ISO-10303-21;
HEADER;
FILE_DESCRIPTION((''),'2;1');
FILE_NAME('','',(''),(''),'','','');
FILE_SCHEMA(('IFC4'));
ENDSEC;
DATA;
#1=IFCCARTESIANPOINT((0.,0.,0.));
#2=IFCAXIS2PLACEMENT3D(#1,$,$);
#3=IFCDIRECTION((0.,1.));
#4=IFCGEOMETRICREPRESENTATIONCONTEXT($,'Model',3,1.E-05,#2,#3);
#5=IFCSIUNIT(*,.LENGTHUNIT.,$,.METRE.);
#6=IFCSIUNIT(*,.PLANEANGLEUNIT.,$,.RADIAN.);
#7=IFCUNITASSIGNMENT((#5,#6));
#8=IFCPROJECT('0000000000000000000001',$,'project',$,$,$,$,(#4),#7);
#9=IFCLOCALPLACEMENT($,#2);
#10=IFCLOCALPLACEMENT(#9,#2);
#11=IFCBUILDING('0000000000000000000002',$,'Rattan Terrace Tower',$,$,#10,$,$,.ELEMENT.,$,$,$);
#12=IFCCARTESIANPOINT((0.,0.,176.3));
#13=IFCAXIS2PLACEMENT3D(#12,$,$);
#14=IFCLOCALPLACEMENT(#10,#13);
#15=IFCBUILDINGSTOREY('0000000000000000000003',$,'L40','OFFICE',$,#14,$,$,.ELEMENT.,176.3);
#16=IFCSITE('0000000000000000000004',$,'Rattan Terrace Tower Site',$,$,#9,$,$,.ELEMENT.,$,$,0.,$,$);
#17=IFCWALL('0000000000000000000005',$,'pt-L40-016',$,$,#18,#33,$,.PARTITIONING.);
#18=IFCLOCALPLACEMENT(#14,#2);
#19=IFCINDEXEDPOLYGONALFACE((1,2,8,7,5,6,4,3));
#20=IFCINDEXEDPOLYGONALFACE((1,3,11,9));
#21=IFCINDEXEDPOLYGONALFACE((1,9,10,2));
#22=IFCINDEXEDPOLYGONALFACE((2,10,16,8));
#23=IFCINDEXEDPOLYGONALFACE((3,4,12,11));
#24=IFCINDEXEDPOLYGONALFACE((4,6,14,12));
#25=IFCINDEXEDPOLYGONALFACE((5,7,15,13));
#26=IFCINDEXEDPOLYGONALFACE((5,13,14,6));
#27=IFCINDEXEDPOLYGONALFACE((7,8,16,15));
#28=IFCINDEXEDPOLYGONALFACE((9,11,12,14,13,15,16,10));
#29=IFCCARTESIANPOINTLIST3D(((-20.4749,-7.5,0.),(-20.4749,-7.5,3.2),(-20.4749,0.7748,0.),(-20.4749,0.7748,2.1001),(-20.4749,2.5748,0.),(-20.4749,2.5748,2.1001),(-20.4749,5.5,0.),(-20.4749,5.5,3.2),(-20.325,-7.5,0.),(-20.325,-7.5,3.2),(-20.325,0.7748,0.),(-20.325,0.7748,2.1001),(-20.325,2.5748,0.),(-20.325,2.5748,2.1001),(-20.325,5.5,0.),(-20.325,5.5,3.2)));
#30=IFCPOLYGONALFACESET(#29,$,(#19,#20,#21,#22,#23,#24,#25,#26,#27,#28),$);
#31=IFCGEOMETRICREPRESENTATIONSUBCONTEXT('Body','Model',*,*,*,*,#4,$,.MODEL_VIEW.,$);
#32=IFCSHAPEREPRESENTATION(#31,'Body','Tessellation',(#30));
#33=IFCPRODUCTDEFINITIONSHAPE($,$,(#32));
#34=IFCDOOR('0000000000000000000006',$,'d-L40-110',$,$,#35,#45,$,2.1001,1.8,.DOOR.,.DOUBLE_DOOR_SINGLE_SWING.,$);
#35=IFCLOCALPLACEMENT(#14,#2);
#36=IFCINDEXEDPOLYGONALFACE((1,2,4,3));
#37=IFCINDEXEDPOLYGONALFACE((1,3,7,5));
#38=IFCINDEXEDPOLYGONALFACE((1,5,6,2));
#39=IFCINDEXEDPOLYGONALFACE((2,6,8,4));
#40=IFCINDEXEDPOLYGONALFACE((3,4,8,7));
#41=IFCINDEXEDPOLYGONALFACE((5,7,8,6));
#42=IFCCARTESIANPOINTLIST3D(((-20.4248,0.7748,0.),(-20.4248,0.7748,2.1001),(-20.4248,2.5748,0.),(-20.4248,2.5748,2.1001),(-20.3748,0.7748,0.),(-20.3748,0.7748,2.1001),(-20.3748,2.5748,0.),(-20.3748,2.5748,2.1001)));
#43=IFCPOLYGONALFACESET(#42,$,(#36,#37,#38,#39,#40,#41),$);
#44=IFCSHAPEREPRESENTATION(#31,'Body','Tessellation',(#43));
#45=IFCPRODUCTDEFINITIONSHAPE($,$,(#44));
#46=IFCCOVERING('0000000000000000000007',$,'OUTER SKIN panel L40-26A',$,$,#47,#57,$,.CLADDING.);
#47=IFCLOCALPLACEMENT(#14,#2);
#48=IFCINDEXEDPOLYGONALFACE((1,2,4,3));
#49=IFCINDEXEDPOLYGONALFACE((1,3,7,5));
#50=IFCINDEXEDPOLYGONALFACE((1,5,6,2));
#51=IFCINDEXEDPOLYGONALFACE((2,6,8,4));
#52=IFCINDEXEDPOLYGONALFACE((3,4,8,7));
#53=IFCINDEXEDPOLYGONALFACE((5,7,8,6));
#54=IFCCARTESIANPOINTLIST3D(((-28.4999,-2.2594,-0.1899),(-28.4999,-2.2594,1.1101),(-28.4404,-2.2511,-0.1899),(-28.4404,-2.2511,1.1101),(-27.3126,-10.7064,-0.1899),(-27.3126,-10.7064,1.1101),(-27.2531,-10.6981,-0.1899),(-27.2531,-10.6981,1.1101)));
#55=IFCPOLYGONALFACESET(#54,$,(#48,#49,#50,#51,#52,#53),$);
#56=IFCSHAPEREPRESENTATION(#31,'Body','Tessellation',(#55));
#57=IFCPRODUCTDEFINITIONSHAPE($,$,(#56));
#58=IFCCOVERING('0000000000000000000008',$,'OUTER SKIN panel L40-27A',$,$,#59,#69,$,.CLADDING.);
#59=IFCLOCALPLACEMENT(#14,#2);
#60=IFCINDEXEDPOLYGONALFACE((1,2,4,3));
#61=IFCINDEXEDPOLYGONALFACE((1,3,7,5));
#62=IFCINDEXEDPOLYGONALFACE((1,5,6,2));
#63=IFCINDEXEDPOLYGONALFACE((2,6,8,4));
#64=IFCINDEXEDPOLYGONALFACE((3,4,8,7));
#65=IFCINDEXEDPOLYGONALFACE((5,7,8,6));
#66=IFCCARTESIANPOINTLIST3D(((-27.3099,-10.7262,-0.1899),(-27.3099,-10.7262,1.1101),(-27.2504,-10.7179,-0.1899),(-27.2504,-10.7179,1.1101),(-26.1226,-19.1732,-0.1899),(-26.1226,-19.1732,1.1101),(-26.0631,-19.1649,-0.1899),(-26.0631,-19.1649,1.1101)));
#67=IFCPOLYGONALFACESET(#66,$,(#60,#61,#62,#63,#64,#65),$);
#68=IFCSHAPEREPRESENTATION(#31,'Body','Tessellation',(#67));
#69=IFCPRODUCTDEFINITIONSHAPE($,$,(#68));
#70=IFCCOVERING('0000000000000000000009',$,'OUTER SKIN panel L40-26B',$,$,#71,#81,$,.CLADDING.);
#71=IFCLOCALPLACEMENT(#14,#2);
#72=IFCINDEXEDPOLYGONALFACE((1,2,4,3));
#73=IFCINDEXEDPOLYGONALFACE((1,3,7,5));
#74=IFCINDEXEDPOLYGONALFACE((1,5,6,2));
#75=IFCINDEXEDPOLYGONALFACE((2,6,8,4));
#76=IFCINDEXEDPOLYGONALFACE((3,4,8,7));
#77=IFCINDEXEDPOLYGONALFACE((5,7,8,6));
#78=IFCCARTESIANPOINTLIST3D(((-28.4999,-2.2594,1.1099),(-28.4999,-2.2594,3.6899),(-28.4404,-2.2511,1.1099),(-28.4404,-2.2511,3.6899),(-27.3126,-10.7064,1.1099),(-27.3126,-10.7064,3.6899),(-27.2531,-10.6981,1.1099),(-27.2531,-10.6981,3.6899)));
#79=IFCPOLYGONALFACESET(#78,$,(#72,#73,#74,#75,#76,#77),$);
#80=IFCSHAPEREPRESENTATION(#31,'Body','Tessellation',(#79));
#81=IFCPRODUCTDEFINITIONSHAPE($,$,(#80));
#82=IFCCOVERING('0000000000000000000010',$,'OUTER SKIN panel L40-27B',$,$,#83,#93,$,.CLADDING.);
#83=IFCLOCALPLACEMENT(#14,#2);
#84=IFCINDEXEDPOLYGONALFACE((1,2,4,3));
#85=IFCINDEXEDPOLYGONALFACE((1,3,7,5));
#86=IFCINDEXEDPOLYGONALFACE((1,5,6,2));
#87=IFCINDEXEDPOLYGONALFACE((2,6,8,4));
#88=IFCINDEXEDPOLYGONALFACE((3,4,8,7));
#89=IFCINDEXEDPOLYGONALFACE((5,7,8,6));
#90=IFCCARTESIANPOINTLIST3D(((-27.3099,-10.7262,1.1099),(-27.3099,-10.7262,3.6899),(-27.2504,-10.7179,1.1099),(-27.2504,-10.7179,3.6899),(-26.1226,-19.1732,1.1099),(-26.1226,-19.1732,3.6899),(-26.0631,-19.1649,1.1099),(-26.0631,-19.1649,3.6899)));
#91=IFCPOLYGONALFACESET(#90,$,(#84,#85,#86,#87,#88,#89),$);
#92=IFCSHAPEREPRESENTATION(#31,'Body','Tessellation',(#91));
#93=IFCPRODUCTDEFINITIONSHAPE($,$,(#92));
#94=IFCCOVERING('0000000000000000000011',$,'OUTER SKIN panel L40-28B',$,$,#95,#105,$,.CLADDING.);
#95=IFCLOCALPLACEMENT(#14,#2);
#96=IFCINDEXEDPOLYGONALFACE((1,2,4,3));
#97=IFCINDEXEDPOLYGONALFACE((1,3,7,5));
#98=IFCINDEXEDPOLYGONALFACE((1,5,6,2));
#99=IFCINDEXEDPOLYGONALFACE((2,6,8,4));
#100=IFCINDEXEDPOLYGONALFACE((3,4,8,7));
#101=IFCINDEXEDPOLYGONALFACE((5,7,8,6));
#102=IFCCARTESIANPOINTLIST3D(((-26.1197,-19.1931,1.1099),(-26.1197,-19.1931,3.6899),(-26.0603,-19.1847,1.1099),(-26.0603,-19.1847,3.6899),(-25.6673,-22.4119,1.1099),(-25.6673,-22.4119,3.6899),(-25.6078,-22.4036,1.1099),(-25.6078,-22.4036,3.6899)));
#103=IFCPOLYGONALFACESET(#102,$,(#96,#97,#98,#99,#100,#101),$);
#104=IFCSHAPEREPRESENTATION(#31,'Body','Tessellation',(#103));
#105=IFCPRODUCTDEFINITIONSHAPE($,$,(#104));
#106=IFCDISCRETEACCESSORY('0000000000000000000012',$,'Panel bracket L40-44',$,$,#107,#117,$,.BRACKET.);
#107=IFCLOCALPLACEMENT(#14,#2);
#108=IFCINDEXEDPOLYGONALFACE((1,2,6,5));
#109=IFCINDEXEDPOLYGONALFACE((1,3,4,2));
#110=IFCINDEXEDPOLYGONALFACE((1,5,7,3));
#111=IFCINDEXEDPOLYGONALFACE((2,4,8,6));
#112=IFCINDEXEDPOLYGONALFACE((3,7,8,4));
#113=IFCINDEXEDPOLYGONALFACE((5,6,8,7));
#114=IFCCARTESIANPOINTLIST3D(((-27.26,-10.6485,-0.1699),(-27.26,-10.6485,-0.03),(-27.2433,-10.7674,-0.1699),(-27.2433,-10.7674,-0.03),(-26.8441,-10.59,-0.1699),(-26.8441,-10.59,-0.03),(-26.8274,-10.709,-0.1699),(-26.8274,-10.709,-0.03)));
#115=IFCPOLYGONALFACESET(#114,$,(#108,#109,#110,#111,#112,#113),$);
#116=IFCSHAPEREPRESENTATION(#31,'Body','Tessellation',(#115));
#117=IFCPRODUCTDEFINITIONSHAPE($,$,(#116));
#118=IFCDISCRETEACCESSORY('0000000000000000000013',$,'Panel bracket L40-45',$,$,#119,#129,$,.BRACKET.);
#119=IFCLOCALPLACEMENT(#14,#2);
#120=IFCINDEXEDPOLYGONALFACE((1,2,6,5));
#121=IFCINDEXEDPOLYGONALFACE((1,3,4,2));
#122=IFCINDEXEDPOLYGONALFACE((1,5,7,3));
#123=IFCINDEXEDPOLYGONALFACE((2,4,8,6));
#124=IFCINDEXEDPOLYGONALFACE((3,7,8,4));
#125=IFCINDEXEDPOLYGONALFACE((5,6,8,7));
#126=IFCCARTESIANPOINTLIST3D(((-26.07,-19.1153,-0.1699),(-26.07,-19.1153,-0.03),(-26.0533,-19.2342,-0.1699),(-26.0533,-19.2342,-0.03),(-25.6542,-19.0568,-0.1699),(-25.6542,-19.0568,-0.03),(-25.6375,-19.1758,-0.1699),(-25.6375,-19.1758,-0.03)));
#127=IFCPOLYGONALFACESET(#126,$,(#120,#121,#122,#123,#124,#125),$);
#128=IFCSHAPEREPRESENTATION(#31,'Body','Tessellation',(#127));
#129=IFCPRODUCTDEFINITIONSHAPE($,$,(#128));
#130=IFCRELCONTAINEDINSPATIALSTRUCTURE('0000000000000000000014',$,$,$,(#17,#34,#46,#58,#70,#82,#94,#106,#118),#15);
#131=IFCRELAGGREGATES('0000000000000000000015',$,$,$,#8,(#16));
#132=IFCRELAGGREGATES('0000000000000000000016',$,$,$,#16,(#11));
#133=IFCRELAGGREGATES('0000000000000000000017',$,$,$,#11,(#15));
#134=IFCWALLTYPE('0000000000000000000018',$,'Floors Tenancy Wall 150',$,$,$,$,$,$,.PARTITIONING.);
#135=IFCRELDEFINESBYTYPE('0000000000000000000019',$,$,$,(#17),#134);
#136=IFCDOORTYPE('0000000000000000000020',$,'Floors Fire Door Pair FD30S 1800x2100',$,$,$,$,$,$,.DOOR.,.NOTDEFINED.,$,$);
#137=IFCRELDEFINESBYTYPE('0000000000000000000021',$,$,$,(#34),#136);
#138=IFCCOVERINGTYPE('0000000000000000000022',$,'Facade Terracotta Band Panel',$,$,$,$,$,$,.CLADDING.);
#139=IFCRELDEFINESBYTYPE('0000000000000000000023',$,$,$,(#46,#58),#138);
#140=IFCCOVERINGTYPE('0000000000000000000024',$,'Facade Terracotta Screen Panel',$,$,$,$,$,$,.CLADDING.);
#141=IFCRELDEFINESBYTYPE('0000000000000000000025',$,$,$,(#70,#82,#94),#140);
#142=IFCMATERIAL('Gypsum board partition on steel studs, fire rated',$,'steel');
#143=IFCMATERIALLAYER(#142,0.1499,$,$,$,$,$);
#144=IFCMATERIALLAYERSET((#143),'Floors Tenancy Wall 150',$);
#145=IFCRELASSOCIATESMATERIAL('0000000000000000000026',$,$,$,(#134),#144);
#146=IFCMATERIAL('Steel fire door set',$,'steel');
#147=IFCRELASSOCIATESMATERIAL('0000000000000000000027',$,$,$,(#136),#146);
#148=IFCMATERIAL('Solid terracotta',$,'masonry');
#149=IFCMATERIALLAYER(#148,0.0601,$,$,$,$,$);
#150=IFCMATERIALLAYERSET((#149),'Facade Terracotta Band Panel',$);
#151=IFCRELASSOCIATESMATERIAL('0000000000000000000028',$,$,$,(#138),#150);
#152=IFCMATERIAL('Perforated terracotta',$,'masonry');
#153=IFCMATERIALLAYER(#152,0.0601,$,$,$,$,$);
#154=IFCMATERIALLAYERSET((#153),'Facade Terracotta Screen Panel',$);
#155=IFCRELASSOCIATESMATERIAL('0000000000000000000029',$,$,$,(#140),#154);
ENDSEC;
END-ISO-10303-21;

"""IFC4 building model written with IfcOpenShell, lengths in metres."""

from ifc_helpers import new_model, si_unit, direction, frame, frame_2d, origin, origin_2d, place, context, subcontext, project, spatial, rectangle, extrude, material, layer, layer_set, type_object, element, fill, save


model = new_model("IFC4")

# Units and contexts
model_context = context("Model", 3, precision=1e-05, world=origin(), true_north=direction((0.0, 1.0)))
body_context = subcontext(model_context, "Body", "Model", "MODEL_VIEW")
ifc_project = project(units=[si_unit("LENGTHUNIT", "METRE"), si_unit("PLANEANGLEUNIT", "RADIAN")], contexts=[model_context])

# Site, building, storey
site_placement = place(None, origin())
site = spatial("IfcSite", under=ifc_project, at=site_placement, Name="Rattan Terrace Tower Site", CompositionType="ELEMENT", RefElevation=0.0)
building_placement = place(site_placement, origin())
building = spatial("IfcBuilding", under=site, at=building_placement, Name="Rattan Terrace Tower", CompositionType="ELEMENT")
storey_placement = place(building_placement, frame((0.0, 0.0, 176.3)))
storey = spatial("IfcBuildingStorey", under=building, at=storey_placement, Name="L40", Description="OFFICE", CompositionType="ELEMENT", Elevation=176.3)

# Shared definitions
ifc_material_1 = material(Name="Gypsum board partition on steel studs, fire rated", Category="steel")
ifc_layer_1 = layer(ifc_material_1, 0.1499)
ifc_layer_set_1 = layer_set([ifc_layer_1], Name="Floors Tenancy Wall 150")
wall_type_1 = type_object("IfcWallType", Name="Floors Tenancy Wall 150", PredefinedType="PARTITIONING", material=ifc_layer_set_1)

# Wall, opening, door
wall_1_placement = place(storey_placement, frame((-20.3999, -7.5, 0.0), z_axis=(0.0, 0.0, 1.0), x_axis=(0.0, 1.0, 0.0)))
wall_1 = element("IfcWall", 1, at=wall_1_placement, inside=storey, type_object=wall_type_1, Name="pt-L40-016", PredefinedType="PARTITIONING", context=body_context, shape_type="SweptSolid", body=[
    extrude(rectangle(XDim=13.0, YDim=0.1499, at=frame_2d((6.5, 0.0))), origin(), (0.0, 0.0, 1.0), 3.2),
])
opening_1_placement = place(wall_1_placement, frame((8.2749, 0.0, 0.0)))
opening_1 = element("IfcOpeningElement", 2, at=opening_1_placement, cuts=wall_1, PredefinedType="OPENING", context=body_context, shape_type="SweptSolid", body=[
    extrude(rectangle(XDim=1.8, YDim=2.1001, at=frame_2d((0.8999, 1.05))), frame((0.0, 0.0854, 0.0), z_axis=(0.0, -1.0, 0.0), x_axis=(1.0, 0.0, 0.0)), (0.0, 0.0, 1.0), 0.1709),
])
ifc_material_2 = material(Name="Steel fire door set", Category="steel")
door_type_1 = type_object("IfcDoorType", Name="Floors Fire Door Pair FD30S 1800x2100", OperationType="NOTDEFINED", PredefinedType="DOOR", material=ifc_material_2)
door_1_placement = place(opening_1_placement, origin())
door_1 = element("IfcDoor", 3, at=door_1_placement, inside=storey, type_object=door_type_1, Name="d-L40-110", OperationType="DOUBLE_DOOR_SINGLE_SWING", OverallHeight=2.1001, OverallWidth=1.8, PredefinedType="DOOR", context=body_context, shape_type="SweptSolid", body=[
    extrude(rectangle(XDim=1.8, YDim=2.1001, at=frame_2d((0.8999, 1.05))), frame((0.0, 0.0249, 0.0), z_axis=(0.0, -1.0, 0.0), x_axis=(1.0, 0.0, 0.0)), (0.0, 0.0, 1.0), 0.05),
])
fill(opening_1, door_1)

# Coverings
ifc_material_3 = material(Name="Solid terracotta", Category="masonry")
ifc_layer_2 = layer(ifc_material_3, 0.0601)
ifc_layer_set_2 = layer_set([ifc_layer_2], Name="Facade Terracotta Band Panel")
covering_type_1 = type_object("IfcCoveringType", Name="Facade Terracotta Band Panel", PredefinedType="CLADDING", material=ifc_layer_set_2)
for number, where, z_axis, x_axis, name in (
    (4, (-27.8765, -6.4788, -0.1899), (0.0, 0.0, 1.0), (0.139191, -0.990266, 0.0), "OUTER SKIN panel L40-26A"),
    (5, (-26.6865, -14.9456, -0.1899), (0.0, 0.0, 1.0), (0.139191, -0.990266, 0.0), "OUTER SKIN panel L40-27A"),
):
    element("IfcCovering", number, at=place(storey_placement, frame(where, z_axis=z_axis, x_axis=x_axis)), inside=storey, type_object=covering_type_1, Name=name, PredefinedType="CLADDING", context=body_context, shape_type="SweptSolid", body=[
        extrude(rectangle(XDim=8.53, YDim=0.0601, at=origin_2d()), origin(), (0.0, 0.0, 1.0), 1.3),
    ])
ifc_material_4 = material(Name="Perforated terracotta", Category="masonry")
ifc_layer_3 = layer(ifc_material_4, 0.0601)
ifc_layer_set_3 = layer_set([ifc_layer_3], Name="Facade Terracotta Screen Panel")
covering_type_2 = type_object("IfcCoveringType", Name="Facade Terracotta Screen Panel", PredefinedType="CLADDING", material=ifc_layer_set_3)
for number, where, z_axis, x_axis, name in (
    (6, (-27.8765, -6.4788, 1.1099), (0.0, 0.0, 1.0), (0.139191, -0.990266, 0.0), "OUTER SKIN panel L40-26B"),
    (7, (-26.6865, -14.9456, 1.1099), (0.0, 0.0, 1.0), (0.139191, -0.990266, 0.0), "OUTER SKIN panel L40-27B"),
):
    element("IfcCovering", number, at=place(storey_placement, frame(where, z_axis=z_axis, x_axis=x_axis)), inside=storey, type_object=covering_type_2, Name=name, PredefinedType="CLADDING", context=body_context, shape_type="SweptSolid", body=[
        extrude(rectangle(XDim=8.53, YDim=0.0601, at=origin_2d()), origin(), (0.0, 0.0, 1.0), 2.5801),
    ])
covering_placement = place(storey_placement, frame((-25.8638, -20.7983, 1.1099), z_axis=(0.0, 0.0, 1.0), x_axis=(0.139191, -0.990266, 0.0)))
element("IfcCovering", 8, at=covering_placement, inside=storey, type_object=covering_type_2, Name="OUTER SKIN panel L40-28B", PredefinedType="CLADDING", context=body_context, shape_type="SweptSolid", body=[
    extrude(rectangle(XDim=3.2505, YDim=0.0601, at=origin_2d()), origin(), (0.0, 0.0, 1.0), 2.5801),
])

# Discrete accessories
for number, where, z_axis, x_axis, name in (
    (9, (-27.0437, -10.6787, -0.1699), (0.0, 0.0, 1.0), (0.139191, -0.990266, 0.0), "Panel bracket L40-44"),
    (10, (-25.8538, -19.1455, -0.1699), (0.0, 0.0, 1.0), (0.139191, -0.990266, 0.0), "Panel bracket L40-45"),
):
    element("IfcDiscreteAccessory", number, at=place(storey_placement, frame(where, z_axis=z_axis, x_axis=x_axis)), inside=storey, Name=name, PredefinedType="BRACKET", context=body_context, shape_type="SweptSolid", body=[
        extrude(rectangle(XDim=0.1201, YDim=0.4199, at=origin_2d()), origin(), (0.0, 0.0, 1.0), 0.1399),
    ])

save(model, "model.ifc")
